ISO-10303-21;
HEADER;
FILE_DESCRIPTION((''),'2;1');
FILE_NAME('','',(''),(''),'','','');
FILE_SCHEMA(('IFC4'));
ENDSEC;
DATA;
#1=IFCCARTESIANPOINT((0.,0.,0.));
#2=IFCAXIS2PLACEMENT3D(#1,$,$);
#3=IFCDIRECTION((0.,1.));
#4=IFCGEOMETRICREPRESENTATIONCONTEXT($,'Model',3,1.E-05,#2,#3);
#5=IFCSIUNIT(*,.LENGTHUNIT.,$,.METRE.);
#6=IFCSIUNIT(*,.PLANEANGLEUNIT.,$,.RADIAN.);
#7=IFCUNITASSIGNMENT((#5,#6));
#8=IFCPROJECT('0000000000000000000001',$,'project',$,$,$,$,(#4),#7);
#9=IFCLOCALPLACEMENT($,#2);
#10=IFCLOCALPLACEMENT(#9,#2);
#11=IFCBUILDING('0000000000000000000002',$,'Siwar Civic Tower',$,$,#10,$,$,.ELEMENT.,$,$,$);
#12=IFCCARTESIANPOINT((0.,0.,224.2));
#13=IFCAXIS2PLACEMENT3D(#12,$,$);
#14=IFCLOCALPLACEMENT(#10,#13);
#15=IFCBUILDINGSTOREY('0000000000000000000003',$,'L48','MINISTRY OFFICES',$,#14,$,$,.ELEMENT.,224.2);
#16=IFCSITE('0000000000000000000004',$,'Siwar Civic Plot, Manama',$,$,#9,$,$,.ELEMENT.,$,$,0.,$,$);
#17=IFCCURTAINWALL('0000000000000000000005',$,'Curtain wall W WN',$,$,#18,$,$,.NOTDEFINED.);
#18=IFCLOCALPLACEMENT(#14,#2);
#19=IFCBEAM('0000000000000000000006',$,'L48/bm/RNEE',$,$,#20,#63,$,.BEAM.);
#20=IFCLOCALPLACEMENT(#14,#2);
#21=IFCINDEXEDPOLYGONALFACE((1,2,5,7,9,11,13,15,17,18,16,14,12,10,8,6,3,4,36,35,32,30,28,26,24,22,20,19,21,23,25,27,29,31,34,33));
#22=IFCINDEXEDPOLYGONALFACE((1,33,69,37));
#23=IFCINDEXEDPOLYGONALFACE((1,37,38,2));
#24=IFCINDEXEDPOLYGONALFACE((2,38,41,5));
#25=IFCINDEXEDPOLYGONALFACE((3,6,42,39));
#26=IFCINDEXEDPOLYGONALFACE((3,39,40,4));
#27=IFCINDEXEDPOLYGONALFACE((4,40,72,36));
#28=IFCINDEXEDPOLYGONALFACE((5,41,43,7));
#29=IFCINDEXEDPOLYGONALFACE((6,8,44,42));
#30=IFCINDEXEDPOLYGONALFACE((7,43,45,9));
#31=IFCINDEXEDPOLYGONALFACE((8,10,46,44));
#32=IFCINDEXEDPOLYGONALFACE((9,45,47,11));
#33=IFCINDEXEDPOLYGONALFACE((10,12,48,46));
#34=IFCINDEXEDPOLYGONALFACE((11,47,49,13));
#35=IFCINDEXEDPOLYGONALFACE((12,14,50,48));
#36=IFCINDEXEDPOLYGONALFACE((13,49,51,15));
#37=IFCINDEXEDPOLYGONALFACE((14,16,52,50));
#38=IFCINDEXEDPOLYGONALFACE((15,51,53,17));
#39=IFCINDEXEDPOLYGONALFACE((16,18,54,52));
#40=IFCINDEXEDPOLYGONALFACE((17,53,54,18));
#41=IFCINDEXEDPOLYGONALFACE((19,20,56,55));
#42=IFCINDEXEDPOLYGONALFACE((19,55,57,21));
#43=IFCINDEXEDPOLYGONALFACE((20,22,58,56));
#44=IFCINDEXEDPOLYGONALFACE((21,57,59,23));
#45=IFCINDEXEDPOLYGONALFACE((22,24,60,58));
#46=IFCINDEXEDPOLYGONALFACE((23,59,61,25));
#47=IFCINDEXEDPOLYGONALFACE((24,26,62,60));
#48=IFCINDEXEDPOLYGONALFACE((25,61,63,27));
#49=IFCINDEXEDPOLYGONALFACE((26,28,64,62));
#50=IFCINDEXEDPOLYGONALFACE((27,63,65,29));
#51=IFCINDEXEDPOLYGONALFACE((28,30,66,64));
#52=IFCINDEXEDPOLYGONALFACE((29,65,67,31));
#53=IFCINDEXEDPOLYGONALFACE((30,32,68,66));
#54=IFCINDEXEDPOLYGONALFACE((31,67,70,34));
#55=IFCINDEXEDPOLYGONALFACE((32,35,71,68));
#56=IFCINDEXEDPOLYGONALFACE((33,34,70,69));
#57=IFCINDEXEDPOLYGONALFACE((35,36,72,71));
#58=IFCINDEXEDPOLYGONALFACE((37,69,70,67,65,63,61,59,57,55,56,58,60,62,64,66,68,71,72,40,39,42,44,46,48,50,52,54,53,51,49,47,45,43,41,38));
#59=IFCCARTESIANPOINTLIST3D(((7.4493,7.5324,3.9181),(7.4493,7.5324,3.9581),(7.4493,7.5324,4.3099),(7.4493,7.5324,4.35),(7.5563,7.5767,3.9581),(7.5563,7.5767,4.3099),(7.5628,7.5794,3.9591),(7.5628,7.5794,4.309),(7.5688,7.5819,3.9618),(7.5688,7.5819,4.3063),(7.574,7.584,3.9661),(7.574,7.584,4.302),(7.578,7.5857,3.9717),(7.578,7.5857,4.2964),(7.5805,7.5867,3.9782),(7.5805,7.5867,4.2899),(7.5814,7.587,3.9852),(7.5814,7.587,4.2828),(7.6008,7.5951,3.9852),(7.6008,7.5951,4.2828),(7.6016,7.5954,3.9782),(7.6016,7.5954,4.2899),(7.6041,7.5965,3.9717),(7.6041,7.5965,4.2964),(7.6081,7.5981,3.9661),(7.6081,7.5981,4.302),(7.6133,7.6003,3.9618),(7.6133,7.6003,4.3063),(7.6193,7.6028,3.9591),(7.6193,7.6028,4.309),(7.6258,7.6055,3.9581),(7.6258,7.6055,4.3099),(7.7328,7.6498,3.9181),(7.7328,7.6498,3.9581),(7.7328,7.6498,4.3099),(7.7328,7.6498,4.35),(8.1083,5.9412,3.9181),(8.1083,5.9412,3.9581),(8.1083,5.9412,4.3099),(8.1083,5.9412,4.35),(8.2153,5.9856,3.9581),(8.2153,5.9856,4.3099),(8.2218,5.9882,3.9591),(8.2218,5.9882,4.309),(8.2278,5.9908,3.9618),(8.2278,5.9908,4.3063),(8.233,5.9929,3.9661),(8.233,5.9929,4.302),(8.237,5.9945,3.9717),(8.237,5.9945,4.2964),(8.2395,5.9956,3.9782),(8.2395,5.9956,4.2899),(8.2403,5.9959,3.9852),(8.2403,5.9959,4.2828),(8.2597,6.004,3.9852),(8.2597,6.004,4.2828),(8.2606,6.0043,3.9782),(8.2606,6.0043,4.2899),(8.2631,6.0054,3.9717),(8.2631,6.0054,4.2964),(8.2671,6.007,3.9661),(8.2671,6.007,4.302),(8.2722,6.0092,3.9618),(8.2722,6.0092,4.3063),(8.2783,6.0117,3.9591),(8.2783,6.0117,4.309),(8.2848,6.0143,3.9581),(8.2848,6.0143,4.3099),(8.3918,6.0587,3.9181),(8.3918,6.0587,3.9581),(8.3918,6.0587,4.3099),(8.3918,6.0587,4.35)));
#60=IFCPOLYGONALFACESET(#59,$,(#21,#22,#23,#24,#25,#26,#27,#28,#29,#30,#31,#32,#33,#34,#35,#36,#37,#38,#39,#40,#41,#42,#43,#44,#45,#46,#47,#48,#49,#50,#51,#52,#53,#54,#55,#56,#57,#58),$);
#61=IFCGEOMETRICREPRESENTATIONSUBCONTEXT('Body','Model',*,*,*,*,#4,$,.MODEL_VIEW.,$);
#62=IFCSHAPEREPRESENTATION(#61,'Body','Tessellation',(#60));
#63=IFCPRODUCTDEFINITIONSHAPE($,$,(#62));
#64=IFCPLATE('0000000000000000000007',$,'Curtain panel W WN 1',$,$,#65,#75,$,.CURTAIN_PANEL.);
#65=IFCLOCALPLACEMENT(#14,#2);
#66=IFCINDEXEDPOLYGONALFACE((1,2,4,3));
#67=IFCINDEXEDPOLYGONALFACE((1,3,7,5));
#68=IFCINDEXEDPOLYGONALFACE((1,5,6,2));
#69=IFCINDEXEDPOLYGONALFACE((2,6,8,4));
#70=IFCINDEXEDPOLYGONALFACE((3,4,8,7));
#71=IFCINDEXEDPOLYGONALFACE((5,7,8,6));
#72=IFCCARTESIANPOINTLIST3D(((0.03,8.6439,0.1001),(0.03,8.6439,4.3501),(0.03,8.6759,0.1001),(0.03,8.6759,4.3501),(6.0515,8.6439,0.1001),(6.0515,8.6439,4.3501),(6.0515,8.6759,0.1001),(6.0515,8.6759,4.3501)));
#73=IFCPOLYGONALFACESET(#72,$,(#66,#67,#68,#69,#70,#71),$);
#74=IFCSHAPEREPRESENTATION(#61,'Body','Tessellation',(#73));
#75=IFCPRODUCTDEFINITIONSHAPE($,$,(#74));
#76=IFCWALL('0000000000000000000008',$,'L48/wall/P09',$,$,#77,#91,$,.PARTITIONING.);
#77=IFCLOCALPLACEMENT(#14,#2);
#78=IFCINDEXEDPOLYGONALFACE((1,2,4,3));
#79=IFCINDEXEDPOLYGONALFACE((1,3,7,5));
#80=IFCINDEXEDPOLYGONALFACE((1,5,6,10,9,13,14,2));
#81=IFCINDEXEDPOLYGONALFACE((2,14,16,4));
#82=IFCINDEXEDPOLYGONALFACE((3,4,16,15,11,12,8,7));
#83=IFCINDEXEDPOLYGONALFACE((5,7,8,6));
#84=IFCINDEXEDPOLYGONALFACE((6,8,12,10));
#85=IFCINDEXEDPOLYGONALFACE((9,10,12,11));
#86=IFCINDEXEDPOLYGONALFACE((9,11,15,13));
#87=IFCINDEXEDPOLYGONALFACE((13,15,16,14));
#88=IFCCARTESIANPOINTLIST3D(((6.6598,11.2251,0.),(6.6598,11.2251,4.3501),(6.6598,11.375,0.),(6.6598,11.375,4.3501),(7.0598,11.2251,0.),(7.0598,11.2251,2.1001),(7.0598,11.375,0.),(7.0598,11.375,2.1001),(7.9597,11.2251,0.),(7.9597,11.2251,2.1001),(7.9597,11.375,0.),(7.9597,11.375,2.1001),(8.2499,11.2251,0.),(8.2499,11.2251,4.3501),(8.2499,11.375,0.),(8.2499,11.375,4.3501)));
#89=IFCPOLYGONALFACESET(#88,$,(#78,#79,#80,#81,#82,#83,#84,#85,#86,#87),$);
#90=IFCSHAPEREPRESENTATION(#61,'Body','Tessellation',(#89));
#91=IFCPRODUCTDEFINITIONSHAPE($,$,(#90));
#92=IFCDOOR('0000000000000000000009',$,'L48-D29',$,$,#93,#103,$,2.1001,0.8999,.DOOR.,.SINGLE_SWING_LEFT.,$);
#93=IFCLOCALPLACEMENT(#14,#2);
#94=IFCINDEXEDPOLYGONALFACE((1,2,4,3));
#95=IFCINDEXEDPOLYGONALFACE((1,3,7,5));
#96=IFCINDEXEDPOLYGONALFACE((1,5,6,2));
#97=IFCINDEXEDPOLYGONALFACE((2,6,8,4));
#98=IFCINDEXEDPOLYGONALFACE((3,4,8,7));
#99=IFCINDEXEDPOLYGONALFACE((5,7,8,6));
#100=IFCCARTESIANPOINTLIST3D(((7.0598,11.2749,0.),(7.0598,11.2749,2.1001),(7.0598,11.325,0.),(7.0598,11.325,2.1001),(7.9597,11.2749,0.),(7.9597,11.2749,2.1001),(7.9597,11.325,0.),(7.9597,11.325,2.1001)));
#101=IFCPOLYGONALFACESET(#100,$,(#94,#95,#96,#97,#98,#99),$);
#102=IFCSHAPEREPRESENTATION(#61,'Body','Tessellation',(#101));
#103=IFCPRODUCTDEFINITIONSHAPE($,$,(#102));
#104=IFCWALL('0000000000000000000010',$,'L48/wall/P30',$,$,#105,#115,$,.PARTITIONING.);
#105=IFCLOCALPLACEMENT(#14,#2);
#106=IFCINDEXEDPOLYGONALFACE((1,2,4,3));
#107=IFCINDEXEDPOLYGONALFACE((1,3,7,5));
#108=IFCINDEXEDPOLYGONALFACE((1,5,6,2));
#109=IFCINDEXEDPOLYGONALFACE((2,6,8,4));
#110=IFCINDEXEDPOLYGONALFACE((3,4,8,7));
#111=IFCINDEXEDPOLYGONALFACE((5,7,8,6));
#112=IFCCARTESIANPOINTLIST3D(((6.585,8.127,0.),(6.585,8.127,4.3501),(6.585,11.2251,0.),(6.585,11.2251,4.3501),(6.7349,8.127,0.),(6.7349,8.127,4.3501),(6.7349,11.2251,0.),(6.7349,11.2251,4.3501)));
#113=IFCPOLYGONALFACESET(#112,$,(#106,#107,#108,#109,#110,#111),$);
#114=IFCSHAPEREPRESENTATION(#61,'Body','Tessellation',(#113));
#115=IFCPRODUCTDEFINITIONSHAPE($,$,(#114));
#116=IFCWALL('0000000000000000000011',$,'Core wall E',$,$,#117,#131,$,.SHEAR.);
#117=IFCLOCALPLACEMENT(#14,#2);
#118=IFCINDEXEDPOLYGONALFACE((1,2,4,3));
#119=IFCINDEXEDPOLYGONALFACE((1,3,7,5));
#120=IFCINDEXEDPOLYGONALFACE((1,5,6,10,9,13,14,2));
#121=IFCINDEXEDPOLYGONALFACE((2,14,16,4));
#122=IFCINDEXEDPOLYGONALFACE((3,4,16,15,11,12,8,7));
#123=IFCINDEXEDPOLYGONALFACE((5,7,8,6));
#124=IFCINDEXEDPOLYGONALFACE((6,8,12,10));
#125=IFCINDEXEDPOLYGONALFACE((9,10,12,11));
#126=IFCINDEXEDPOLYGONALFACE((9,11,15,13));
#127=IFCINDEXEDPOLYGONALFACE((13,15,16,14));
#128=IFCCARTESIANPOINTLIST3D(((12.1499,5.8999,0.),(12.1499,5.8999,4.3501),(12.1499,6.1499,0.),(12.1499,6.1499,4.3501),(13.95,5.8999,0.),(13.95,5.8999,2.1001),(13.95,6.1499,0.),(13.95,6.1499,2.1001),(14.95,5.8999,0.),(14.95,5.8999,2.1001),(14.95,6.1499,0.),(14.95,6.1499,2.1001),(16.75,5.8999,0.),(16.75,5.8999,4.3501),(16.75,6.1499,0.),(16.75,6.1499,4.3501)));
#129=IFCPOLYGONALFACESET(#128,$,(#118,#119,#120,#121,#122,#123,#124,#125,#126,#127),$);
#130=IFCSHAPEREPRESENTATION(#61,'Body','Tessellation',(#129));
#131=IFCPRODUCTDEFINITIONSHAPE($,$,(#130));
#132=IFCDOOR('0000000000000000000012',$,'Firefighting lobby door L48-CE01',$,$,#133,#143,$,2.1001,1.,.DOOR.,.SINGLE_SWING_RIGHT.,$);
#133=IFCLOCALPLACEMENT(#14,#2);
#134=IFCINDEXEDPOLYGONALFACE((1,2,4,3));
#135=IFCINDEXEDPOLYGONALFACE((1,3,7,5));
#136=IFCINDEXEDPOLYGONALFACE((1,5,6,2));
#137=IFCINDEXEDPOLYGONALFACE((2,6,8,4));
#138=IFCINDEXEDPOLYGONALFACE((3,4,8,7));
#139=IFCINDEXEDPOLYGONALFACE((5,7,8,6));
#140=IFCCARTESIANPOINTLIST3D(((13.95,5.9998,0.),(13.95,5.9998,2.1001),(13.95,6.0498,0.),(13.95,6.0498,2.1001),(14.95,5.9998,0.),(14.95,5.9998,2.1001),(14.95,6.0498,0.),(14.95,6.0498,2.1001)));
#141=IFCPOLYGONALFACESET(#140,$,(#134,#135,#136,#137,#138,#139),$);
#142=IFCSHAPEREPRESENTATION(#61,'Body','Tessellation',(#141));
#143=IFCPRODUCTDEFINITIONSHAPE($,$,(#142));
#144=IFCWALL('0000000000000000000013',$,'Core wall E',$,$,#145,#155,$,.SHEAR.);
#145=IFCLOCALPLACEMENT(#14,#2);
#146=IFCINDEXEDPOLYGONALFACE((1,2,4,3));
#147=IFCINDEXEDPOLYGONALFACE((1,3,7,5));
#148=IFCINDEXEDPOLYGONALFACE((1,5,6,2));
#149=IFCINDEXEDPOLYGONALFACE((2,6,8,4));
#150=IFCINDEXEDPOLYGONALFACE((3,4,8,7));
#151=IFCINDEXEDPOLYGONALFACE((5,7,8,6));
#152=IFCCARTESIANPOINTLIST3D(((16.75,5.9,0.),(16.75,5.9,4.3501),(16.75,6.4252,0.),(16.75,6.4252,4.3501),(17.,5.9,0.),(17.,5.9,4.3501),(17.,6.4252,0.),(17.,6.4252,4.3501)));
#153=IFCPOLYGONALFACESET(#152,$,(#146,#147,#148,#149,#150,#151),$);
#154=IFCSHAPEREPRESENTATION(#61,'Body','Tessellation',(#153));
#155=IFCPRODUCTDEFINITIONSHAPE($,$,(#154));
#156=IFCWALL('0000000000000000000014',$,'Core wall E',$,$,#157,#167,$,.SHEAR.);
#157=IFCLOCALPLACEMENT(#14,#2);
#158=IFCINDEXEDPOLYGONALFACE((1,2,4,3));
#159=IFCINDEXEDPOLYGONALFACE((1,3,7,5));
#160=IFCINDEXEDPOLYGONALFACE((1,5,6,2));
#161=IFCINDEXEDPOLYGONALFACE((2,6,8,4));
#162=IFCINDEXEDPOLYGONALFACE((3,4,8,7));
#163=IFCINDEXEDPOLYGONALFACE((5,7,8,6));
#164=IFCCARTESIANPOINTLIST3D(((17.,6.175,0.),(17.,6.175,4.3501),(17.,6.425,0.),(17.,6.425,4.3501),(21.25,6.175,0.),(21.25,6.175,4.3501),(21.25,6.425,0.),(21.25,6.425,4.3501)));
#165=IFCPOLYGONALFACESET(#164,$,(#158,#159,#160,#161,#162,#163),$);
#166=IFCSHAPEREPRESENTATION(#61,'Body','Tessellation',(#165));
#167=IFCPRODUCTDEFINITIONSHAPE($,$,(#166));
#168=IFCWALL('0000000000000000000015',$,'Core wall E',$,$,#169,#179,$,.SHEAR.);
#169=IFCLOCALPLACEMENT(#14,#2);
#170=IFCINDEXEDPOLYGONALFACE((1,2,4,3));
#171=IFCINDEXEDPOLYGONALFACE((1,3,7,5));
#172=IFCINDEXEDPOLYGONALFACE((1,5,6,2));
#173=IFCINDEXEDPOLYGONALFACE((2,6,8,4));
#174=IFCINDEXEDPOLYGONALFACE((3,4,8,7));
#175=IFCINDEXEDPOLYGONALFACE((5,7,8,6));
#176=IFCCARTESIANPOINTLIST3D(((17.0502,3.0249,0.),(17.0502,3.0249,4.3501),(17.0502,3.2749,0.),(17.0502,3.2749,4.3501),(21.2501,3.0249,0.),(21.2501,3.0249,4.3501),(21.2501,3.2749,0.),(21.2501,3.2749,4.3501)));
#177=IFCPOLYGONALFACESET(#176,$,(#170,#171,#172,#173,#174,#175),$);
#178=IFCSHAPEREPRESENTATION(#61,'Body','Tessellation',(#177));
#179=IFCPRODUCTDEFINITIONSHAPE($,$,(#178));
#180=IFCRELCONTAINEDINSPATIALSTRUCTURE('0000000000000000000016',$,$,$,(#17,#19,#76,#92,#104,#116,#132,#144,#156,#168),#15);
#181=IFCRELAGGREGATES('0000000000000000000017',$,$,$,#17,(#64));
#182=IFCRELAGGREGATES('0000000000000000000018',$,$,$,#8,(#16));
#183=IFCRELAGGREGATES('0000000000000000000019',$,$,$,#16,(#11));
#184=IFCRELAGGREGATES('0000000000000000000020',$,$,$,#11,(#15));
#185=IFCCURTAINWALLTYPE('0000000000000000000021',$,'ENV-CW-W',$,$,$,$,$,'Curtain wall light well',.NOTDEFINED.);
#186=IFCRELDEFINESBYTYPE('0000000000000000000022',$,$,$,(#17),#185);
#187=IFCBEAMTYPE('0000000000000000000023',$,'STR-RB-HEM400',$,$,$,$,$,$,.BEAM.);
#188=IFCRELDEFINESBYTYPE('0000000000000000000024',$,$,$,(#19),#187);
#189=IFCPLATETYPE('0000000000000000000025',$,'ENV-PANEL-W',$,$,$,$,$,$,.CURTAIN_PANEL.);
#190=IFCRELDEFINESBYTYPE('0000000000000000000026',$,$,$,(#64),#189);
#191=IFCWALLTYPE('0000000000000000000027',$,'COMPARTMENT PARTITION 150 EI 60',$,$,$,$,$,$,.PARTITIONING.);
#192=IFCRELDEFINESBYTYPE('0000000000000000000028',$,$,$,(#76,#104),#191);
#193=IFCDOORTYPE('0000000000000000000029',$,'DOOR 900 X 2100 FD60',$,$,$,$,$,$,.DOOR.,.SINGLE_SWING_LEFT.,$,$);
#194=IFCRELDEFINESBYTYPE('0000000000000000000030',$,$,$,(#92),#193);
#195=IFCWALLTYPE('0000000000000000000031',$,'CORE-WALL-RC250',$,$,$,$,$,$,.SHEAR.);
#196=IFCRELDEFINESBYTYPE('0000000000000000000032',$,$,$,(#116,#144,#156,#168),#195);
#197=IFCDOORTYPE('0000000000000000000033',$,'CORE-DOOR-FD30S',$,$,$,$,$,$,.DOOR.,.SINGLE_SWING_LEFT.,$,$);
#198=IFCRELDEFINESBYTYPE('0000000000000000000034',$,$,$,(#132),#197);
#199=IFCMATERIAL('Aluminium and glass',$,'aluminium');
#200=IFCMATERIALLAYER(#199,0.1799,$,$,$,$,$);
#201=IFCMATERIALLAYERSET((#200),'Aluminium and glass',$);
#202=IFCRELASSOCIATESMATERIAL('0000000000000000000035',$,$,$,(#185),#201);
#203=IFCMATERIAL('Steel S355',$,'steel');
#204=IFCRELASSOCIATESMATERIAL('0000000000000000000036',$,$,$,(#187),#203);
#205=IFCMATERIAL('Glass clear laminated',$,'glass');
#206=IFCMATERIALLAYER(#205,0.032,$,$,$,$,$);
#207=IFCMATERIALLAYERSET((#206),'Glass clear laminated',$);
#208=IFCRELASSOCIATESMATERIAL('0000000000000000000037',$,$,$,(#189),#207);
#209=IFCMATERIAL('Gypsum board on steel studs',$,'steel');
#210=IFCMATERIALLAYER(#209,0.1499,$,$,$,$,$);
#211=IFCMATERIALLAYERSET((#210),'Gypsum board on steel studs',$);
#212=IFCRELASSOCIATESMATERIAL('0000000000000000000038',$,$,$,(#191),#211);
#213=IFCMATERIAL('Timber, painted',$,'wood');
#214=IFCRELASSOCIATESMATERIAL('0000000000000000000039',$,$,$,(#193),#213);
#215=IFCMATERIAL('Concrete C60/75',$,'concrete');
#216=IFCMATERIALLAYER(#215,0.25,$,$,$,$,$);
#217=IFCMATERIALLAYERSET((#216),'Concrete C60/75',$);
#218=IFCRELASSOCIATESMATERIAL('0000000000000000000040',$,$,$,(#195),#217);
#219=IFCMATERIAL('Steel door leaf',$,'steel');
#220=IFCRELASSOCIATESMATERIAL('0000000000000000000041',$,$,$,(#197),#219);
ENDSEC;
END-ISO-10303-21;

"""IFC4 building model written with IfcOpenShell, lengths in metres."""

from ifc_helpers import new_model, si_unit, direction, frame, frame_2d, origin, origin_2d, place, context, subcontext, project, spatial, rectangle, i_section, extrude, material, layer, layer_set, material_profile, profile_set, type_object, element, fill, aggregate, save


model = new_model("IFC4")

# Units and contexts
model_context = context("Model", 3, precision=1e-05, world=origin(), true_north=direction((0.0, 1.0)))
body_context = subcontext(model_context, "Body", "Model", "MODEL_VIEW")
ifc_project = project(units=[si_unit("LENGTHUNIT", "METRE"), si_unit("PLANEANGLEUNIT", "RADIAN")], contexts=[model_context])

# Site, building, storey
site_placement = place(None, origin())
site = spatial("IfcSite", under=ifc_project, at=site_placement, Name="Siwar Civic Plot, Manama", CompositionType="ELEMENT", RefElevation=0.0)
building_placement = place(site_placement, origin())
building = spatial("IfcBuilding", under=site, at=building_placement, Name="Siwar Civic Tower", CompositionType="ELEMENT")
storey_placement = place(building_placement, frame((0.0, 0.0, 224.2)))
storey = spatial("IfcBuildingStorey", under=building, at=storey_placement, Name="L48", Description="MINISTRY OFFICES", CompositionType="ELEMENT", Elevation=224.2)

# Curtain wall
ifc_material_1 = material(Name="Aluminium and glass", Category="aluminium")
ifc_layer_1 = layer(ifc_material_1, 0.1799)
ifc_layer_set_1 = layer_set([ifc_layer_1], Name="Aluminium and glass")
curtain_wall_type = type_object("IfcCurtainWallType", Name="ENV-CW-W", ElementType="Curtain wall light well", PredefinedType="NOTDEFINED", material=ifc_layer_set_1)
curtain_wall_placement = place(storey_placement, origin())
curtain_wall = element("IfcCurtainWall", 1, at=curtain_wall_placement, inside=storey, type_object=curtain_wall_type, Name="Curtain wall W WN", PredefinedType="NOTDEFINED")

# Beam
ifc_material_2 = material(Name="Steel S355", Category="steel")
ifc_material_profile_1 = material_profile(ifc_material_2, i_section(OverallWidth=0.3069, OverallDepth=0.4319, WebThickness=0.021, FlangeThickness=0.04, FilletRadius=0.0271, at=origin_2d()), Name="HEM400")
ifc_profile_set_1 = profile_set([ifc_material_profile_1], Name="Steel S355")
beam_type_1 = type_object("IfcBeamType", Name="STR-RB-HEM400", PredefinedType="BEAM", material=ifc_profile_set_1)
for number, where, z_axis, x_axis, name in (
    (2, (7.5911, 7.5911, 4.134), (0.382631, -0.923901, 0.0), (0.923901, 0.382631, 0.0), "L48/bm/RNEE"),
):
    element("IfcBeam", number, at=place(storey_placement, frame(where, z_axis=z_axis, x_axis=x_axis)), inside=storey, type_object=beam_type_1, Name=name, PredefinedType="BEAM", context=body_context, shape_type="SweptSolid", body=[
        extrude(i_section(OverallWidth=0.3069, OverallDepth=0.4319, WebThickness=0.021, FlangeThickness=0.04, FilletRadius=0.0271, at=origin_2d()), origin(), (0.0, 0.0, 1.0), 1.7222),
    ])

# Plate
ifc_material_3 = material(Name="Glass clear laminated", Category="glass")
ifc_layer_2 = layer(ifc_material_3, 0.032)
ifc_layer_set_2 = layer_set([ifc_layer_2], Name="Glass clear laminated")
plate_type = type_object("IfcPlateType", Name="ENV-PANEL-W", PredefinedType="CURTAIN_PANEL", material=ifc_layer_set_2)
plate_placement = place(storey_placement, frame((3.0408, 8.6599, 0.1001), z_axis=(0.0, 0.0, 1.0), x_axis=(-1.0, 0.0, 0.0)))
plate = element("IfcPlate", 3, at=plate_placement, type_object=plate_type, Name="Curtain panel W WN 1", PredefinedType="CURTAIN_PANEL", context=body_context, shape_type="SweptSolid", body=[
    extrude(rectangle(XDim=6.0215, YDim=0.032, at=origin_2d()), origin(), (0.0, 0.0, 1.0), 4.25),
])
aggregate(curtain_wall, [plate])

# Wall, opening, door
ifc_material_4 = material(Name="Gypsum board on steel studs", Category="steel")
ifc_layer_3 = layer(ifc_material_4, 0.1499)
ifc_layer_set_3 = layer_set([ifc_layer_3], Name="Gypsum board on steel studs")
wall_type_1 = type_object("IfcWallType", Name="COMPARTMENT PARTITION 150 EI 60", PredefinedType="PARTITIONING", material=ifc_layer_set_3)
wall_1_placement = place(storey_placement, frame((6.6599, 11.3, 0.0), z_axis=(0.0, 0.0, 1.0), x_axis=(1.0, 0.0, 0.0)))
wall_1 = element("IfcWall", 4, at=wall_1_placement, inside=storey, type_object=wall_type_1, Name="L48/wall/P09", PredefinedType="PARTITIONING", context=body_context, shape_type="SweptSolid", body=[
    extrude(rectangle(XDim=1.5901, YDim=0.1499, at=frame_2d((0.7949, 0.0))), origin(), (0.0, 0.0, 1.0), 4.3501),
])
opening_1_placement = place(wall_1_placement, frame((0.3999, 0.0, 0.0)))
opening_1 = element("IfcOpeningElement", 5, at=opening_1_placement, cuts=wall_1, PredefinedType="OPENING", context=body_context, shape_type="SweptSolid", body=[
    extrude(rectangle(XDim=0.8999, YDim=2.1001, at=frame_2d((0.45, 1.05))), frame((0.0, 0.085, 0.0), z_axis=(0.0, -1.0, 0.0), x_axis=(1.0, 0.0, 0.0)), (0.0, 0.0, 1.0), 0.1699),
])
ifc_material_5 = material(Name="Timber, painted", Category="wood")
door_type_1 = type_object("IfcDoorType", Name="DOOR 900 X 2100 FD60", OperationType="SINGLE_SWING_LEFT", PredefinedType="DOOR", material=ifc_material_5)
door_1_placement = place(opening_1_placement, origin())
door_1 = element("IfcDoor", 6, at=door_1_placement, inside=storey, type_object=door_type_1, Name="L48-D29", OperationType="SINGLE_SWING_LEFT", OverallHeight=2.1001, OverallWidth=0.8999, PredefinedType="DOOR", context=body_context, shape_type="SweptSolid", body=[
    extrude(rectangle(XDim=0.8999, YDim=2.1001, at=frame_2d((0.45, 1.05))), frame((0.0, 0.0249, 0.0), z_axis=(0.0, -1.0, 0.0), x_axis=(1.0, 0.0, 0.0)), (0.0, 0.0, 1.0), 0.05),
])
fill(opening_1, door_1)

# Wall
wall_2_placement = place(storey_placement, frame((6.6599, 8.127, 0.0), z_axis=(0.0, 0.0, 1.0), x_axis=(0.0, 1.0, 0.0)))
element("IfcWall", 7, at=wall_2_placement, inside=storey, type_object=wall_type_1, Name="L48/wall/P30", PredefinedType="PARTITIONING", context=body_context, shape_type="SweptSolid", body=[
    extrude(rectangle(XDim=3.0981, YDim=0.1499, at=frame_2d((1.5491, 0.0))), origin(), (0.0, 0.0, 1.0), 4.3501),
])

# Wall, opening, door
ifc_material_6 = material(Name="Concrete C60/75", Category="concrete")
ifc_layer_4 = layer(ifc_material_6, 0.25)
ifc_layer_set_4 = layer_set([ifc_layer_4], Name="Concrete C60/75")
wall_type_2 = type_object("IfcWallType", Name="CORE-WALL-RC250", PredefinedType="SHEAR", material=ifc_layer_set_4)
wall_3_placement = place(storey_placement, frame((12.1499, 6.0249, 0.0), z_axis=(0.0, 0.0, 1.0), x_axis=(1.0, 0.0, 0.0)))
wall_3 = element("IfcWall", 8, at=wall_3_placement, inside=storey, type_object=wall_type_2, Name="Core wall E", PredefinedType="SHEAR", context=body_context, shape_type="SweptSolid", body=[
    extrude(rectangle(XDim=4.6001, YDim=0.25, at=frame_2d((2.3, 0.0))), origin(), (0.0, 0.0, 1.0), 4.3501),
])
opening_2_placement = place(wall_3_placement, frame((1.8, 0.0, 0.0)))
opening_2 = element("IfcOpeningElement", 9, at=opening_2_placement, cuts=wall_3, PredefinedType="OPENING", context=body_context, shape_type="SweptSolid", body=[
    extrude(rectangle(XDim=1.0, YDim=2.1001, at=frame_2d((0.5, 1.05))), frame((0.0, 0.135, 0.0), z_axis=(0.0, -1.0, 0.0), x_axis=(1.0, 0.0, 0.0)), (0.0, 0.0, 1.0), 0.27),
])
ifc_material_7 = material(Name="Steel door leaf", Category="steel")
door_type_2 = type_object("IfcDoorType", Name="CORE-DOOR-FD30S", OperationType="SINGLE_SWING_LEFT", PredefinedType="DOOR", material=ifc_material_7)
door_2_placement = place(opening_2_placement, origin())
door_2 = element("IfcDoor", 10, at=door_2_placement, inside=storey, type_object=door_type_2, Name="Firefighting lobby door L48-CE01", OperationType="SINGLE_SWING_RIGHT", OverallHeight=2.1001, OverallWidth=1.0, PredefinedType="DOOR", context=body_context, shape_type="SweptSolid", body=[
    extrude(rectangle(XDim=1.0, YDim=2.1001, at=frame_2d((0.5, 1.05))), frame((0.0, 0.0249, 0.0), z_axis=(0.0, -1.0, 0.0), x_axis=(1.0, 0.0, 0.0)), (0.0, 0.0, 1.0), 0.05),
])
fill(opening_2, door_2)

# Walls
wall_4_placement = place(storey_placement, frame((16.875, 5.8999, 0.0), z_axis=(0.0, 0.0, 1.0), x_axis=(0.0, 1.0, 0.0)))
element("IfcWall", 11, at=wall_4_placement, inside=storey, type_object=wall_type_2, Name="Core wall E", PredefinedType="SHEAR", context=body_context, shape_type="SweptSolid", body=[
    extrude(rectangle(XDim=0.5251, YDim=0.25, at=frame_2d((0.2627, 0.0))), origin(), (0.0, 0.0, 1.0), 4.3501),
])
wall_5_placement = place(storey_placement, frame((17.0, 6.3, 0.0), z_axis=(0.0, 0.0, 1.0), x_axis=(1.0, 0.0, 0.0)))
element("IfcWall", 12, at=wall_5_placement, inside=storey, type_object=wall_type_2, Name="Core wall E", PredefinedType="SHEAR", context=body_context, shape_type="SweptSolid", body=[
    extrude(rectangle(XDim=4.25, YDim=0.25, at=frame_2d((2.125, 0.0))), origin(), (0.0, 0.0, 1.0), 4.3501),
])
wall_6_placement = place(storey_placement, frame((17.05, 3.1499, 0.0), z_axis=(0.0, 0.0, 1.0), x_axis=(1.0, 0.0, 0.0)))
element("IfcWall", 13, at=wall_6_placement, inside=storey, type_object=wall_type_2, Name="Core wall E", PredefinedType="SHEAR", context=body_context, shape_type="SweptSolid", body=[
    extrude(rectangle(XDim=4.2, YDim=0.25, at=frame_2d((2.1001, 0.0))), origin(), (0.0, 0.0, 1.0), 4.3501),
])

save(model, "model.ifc")
